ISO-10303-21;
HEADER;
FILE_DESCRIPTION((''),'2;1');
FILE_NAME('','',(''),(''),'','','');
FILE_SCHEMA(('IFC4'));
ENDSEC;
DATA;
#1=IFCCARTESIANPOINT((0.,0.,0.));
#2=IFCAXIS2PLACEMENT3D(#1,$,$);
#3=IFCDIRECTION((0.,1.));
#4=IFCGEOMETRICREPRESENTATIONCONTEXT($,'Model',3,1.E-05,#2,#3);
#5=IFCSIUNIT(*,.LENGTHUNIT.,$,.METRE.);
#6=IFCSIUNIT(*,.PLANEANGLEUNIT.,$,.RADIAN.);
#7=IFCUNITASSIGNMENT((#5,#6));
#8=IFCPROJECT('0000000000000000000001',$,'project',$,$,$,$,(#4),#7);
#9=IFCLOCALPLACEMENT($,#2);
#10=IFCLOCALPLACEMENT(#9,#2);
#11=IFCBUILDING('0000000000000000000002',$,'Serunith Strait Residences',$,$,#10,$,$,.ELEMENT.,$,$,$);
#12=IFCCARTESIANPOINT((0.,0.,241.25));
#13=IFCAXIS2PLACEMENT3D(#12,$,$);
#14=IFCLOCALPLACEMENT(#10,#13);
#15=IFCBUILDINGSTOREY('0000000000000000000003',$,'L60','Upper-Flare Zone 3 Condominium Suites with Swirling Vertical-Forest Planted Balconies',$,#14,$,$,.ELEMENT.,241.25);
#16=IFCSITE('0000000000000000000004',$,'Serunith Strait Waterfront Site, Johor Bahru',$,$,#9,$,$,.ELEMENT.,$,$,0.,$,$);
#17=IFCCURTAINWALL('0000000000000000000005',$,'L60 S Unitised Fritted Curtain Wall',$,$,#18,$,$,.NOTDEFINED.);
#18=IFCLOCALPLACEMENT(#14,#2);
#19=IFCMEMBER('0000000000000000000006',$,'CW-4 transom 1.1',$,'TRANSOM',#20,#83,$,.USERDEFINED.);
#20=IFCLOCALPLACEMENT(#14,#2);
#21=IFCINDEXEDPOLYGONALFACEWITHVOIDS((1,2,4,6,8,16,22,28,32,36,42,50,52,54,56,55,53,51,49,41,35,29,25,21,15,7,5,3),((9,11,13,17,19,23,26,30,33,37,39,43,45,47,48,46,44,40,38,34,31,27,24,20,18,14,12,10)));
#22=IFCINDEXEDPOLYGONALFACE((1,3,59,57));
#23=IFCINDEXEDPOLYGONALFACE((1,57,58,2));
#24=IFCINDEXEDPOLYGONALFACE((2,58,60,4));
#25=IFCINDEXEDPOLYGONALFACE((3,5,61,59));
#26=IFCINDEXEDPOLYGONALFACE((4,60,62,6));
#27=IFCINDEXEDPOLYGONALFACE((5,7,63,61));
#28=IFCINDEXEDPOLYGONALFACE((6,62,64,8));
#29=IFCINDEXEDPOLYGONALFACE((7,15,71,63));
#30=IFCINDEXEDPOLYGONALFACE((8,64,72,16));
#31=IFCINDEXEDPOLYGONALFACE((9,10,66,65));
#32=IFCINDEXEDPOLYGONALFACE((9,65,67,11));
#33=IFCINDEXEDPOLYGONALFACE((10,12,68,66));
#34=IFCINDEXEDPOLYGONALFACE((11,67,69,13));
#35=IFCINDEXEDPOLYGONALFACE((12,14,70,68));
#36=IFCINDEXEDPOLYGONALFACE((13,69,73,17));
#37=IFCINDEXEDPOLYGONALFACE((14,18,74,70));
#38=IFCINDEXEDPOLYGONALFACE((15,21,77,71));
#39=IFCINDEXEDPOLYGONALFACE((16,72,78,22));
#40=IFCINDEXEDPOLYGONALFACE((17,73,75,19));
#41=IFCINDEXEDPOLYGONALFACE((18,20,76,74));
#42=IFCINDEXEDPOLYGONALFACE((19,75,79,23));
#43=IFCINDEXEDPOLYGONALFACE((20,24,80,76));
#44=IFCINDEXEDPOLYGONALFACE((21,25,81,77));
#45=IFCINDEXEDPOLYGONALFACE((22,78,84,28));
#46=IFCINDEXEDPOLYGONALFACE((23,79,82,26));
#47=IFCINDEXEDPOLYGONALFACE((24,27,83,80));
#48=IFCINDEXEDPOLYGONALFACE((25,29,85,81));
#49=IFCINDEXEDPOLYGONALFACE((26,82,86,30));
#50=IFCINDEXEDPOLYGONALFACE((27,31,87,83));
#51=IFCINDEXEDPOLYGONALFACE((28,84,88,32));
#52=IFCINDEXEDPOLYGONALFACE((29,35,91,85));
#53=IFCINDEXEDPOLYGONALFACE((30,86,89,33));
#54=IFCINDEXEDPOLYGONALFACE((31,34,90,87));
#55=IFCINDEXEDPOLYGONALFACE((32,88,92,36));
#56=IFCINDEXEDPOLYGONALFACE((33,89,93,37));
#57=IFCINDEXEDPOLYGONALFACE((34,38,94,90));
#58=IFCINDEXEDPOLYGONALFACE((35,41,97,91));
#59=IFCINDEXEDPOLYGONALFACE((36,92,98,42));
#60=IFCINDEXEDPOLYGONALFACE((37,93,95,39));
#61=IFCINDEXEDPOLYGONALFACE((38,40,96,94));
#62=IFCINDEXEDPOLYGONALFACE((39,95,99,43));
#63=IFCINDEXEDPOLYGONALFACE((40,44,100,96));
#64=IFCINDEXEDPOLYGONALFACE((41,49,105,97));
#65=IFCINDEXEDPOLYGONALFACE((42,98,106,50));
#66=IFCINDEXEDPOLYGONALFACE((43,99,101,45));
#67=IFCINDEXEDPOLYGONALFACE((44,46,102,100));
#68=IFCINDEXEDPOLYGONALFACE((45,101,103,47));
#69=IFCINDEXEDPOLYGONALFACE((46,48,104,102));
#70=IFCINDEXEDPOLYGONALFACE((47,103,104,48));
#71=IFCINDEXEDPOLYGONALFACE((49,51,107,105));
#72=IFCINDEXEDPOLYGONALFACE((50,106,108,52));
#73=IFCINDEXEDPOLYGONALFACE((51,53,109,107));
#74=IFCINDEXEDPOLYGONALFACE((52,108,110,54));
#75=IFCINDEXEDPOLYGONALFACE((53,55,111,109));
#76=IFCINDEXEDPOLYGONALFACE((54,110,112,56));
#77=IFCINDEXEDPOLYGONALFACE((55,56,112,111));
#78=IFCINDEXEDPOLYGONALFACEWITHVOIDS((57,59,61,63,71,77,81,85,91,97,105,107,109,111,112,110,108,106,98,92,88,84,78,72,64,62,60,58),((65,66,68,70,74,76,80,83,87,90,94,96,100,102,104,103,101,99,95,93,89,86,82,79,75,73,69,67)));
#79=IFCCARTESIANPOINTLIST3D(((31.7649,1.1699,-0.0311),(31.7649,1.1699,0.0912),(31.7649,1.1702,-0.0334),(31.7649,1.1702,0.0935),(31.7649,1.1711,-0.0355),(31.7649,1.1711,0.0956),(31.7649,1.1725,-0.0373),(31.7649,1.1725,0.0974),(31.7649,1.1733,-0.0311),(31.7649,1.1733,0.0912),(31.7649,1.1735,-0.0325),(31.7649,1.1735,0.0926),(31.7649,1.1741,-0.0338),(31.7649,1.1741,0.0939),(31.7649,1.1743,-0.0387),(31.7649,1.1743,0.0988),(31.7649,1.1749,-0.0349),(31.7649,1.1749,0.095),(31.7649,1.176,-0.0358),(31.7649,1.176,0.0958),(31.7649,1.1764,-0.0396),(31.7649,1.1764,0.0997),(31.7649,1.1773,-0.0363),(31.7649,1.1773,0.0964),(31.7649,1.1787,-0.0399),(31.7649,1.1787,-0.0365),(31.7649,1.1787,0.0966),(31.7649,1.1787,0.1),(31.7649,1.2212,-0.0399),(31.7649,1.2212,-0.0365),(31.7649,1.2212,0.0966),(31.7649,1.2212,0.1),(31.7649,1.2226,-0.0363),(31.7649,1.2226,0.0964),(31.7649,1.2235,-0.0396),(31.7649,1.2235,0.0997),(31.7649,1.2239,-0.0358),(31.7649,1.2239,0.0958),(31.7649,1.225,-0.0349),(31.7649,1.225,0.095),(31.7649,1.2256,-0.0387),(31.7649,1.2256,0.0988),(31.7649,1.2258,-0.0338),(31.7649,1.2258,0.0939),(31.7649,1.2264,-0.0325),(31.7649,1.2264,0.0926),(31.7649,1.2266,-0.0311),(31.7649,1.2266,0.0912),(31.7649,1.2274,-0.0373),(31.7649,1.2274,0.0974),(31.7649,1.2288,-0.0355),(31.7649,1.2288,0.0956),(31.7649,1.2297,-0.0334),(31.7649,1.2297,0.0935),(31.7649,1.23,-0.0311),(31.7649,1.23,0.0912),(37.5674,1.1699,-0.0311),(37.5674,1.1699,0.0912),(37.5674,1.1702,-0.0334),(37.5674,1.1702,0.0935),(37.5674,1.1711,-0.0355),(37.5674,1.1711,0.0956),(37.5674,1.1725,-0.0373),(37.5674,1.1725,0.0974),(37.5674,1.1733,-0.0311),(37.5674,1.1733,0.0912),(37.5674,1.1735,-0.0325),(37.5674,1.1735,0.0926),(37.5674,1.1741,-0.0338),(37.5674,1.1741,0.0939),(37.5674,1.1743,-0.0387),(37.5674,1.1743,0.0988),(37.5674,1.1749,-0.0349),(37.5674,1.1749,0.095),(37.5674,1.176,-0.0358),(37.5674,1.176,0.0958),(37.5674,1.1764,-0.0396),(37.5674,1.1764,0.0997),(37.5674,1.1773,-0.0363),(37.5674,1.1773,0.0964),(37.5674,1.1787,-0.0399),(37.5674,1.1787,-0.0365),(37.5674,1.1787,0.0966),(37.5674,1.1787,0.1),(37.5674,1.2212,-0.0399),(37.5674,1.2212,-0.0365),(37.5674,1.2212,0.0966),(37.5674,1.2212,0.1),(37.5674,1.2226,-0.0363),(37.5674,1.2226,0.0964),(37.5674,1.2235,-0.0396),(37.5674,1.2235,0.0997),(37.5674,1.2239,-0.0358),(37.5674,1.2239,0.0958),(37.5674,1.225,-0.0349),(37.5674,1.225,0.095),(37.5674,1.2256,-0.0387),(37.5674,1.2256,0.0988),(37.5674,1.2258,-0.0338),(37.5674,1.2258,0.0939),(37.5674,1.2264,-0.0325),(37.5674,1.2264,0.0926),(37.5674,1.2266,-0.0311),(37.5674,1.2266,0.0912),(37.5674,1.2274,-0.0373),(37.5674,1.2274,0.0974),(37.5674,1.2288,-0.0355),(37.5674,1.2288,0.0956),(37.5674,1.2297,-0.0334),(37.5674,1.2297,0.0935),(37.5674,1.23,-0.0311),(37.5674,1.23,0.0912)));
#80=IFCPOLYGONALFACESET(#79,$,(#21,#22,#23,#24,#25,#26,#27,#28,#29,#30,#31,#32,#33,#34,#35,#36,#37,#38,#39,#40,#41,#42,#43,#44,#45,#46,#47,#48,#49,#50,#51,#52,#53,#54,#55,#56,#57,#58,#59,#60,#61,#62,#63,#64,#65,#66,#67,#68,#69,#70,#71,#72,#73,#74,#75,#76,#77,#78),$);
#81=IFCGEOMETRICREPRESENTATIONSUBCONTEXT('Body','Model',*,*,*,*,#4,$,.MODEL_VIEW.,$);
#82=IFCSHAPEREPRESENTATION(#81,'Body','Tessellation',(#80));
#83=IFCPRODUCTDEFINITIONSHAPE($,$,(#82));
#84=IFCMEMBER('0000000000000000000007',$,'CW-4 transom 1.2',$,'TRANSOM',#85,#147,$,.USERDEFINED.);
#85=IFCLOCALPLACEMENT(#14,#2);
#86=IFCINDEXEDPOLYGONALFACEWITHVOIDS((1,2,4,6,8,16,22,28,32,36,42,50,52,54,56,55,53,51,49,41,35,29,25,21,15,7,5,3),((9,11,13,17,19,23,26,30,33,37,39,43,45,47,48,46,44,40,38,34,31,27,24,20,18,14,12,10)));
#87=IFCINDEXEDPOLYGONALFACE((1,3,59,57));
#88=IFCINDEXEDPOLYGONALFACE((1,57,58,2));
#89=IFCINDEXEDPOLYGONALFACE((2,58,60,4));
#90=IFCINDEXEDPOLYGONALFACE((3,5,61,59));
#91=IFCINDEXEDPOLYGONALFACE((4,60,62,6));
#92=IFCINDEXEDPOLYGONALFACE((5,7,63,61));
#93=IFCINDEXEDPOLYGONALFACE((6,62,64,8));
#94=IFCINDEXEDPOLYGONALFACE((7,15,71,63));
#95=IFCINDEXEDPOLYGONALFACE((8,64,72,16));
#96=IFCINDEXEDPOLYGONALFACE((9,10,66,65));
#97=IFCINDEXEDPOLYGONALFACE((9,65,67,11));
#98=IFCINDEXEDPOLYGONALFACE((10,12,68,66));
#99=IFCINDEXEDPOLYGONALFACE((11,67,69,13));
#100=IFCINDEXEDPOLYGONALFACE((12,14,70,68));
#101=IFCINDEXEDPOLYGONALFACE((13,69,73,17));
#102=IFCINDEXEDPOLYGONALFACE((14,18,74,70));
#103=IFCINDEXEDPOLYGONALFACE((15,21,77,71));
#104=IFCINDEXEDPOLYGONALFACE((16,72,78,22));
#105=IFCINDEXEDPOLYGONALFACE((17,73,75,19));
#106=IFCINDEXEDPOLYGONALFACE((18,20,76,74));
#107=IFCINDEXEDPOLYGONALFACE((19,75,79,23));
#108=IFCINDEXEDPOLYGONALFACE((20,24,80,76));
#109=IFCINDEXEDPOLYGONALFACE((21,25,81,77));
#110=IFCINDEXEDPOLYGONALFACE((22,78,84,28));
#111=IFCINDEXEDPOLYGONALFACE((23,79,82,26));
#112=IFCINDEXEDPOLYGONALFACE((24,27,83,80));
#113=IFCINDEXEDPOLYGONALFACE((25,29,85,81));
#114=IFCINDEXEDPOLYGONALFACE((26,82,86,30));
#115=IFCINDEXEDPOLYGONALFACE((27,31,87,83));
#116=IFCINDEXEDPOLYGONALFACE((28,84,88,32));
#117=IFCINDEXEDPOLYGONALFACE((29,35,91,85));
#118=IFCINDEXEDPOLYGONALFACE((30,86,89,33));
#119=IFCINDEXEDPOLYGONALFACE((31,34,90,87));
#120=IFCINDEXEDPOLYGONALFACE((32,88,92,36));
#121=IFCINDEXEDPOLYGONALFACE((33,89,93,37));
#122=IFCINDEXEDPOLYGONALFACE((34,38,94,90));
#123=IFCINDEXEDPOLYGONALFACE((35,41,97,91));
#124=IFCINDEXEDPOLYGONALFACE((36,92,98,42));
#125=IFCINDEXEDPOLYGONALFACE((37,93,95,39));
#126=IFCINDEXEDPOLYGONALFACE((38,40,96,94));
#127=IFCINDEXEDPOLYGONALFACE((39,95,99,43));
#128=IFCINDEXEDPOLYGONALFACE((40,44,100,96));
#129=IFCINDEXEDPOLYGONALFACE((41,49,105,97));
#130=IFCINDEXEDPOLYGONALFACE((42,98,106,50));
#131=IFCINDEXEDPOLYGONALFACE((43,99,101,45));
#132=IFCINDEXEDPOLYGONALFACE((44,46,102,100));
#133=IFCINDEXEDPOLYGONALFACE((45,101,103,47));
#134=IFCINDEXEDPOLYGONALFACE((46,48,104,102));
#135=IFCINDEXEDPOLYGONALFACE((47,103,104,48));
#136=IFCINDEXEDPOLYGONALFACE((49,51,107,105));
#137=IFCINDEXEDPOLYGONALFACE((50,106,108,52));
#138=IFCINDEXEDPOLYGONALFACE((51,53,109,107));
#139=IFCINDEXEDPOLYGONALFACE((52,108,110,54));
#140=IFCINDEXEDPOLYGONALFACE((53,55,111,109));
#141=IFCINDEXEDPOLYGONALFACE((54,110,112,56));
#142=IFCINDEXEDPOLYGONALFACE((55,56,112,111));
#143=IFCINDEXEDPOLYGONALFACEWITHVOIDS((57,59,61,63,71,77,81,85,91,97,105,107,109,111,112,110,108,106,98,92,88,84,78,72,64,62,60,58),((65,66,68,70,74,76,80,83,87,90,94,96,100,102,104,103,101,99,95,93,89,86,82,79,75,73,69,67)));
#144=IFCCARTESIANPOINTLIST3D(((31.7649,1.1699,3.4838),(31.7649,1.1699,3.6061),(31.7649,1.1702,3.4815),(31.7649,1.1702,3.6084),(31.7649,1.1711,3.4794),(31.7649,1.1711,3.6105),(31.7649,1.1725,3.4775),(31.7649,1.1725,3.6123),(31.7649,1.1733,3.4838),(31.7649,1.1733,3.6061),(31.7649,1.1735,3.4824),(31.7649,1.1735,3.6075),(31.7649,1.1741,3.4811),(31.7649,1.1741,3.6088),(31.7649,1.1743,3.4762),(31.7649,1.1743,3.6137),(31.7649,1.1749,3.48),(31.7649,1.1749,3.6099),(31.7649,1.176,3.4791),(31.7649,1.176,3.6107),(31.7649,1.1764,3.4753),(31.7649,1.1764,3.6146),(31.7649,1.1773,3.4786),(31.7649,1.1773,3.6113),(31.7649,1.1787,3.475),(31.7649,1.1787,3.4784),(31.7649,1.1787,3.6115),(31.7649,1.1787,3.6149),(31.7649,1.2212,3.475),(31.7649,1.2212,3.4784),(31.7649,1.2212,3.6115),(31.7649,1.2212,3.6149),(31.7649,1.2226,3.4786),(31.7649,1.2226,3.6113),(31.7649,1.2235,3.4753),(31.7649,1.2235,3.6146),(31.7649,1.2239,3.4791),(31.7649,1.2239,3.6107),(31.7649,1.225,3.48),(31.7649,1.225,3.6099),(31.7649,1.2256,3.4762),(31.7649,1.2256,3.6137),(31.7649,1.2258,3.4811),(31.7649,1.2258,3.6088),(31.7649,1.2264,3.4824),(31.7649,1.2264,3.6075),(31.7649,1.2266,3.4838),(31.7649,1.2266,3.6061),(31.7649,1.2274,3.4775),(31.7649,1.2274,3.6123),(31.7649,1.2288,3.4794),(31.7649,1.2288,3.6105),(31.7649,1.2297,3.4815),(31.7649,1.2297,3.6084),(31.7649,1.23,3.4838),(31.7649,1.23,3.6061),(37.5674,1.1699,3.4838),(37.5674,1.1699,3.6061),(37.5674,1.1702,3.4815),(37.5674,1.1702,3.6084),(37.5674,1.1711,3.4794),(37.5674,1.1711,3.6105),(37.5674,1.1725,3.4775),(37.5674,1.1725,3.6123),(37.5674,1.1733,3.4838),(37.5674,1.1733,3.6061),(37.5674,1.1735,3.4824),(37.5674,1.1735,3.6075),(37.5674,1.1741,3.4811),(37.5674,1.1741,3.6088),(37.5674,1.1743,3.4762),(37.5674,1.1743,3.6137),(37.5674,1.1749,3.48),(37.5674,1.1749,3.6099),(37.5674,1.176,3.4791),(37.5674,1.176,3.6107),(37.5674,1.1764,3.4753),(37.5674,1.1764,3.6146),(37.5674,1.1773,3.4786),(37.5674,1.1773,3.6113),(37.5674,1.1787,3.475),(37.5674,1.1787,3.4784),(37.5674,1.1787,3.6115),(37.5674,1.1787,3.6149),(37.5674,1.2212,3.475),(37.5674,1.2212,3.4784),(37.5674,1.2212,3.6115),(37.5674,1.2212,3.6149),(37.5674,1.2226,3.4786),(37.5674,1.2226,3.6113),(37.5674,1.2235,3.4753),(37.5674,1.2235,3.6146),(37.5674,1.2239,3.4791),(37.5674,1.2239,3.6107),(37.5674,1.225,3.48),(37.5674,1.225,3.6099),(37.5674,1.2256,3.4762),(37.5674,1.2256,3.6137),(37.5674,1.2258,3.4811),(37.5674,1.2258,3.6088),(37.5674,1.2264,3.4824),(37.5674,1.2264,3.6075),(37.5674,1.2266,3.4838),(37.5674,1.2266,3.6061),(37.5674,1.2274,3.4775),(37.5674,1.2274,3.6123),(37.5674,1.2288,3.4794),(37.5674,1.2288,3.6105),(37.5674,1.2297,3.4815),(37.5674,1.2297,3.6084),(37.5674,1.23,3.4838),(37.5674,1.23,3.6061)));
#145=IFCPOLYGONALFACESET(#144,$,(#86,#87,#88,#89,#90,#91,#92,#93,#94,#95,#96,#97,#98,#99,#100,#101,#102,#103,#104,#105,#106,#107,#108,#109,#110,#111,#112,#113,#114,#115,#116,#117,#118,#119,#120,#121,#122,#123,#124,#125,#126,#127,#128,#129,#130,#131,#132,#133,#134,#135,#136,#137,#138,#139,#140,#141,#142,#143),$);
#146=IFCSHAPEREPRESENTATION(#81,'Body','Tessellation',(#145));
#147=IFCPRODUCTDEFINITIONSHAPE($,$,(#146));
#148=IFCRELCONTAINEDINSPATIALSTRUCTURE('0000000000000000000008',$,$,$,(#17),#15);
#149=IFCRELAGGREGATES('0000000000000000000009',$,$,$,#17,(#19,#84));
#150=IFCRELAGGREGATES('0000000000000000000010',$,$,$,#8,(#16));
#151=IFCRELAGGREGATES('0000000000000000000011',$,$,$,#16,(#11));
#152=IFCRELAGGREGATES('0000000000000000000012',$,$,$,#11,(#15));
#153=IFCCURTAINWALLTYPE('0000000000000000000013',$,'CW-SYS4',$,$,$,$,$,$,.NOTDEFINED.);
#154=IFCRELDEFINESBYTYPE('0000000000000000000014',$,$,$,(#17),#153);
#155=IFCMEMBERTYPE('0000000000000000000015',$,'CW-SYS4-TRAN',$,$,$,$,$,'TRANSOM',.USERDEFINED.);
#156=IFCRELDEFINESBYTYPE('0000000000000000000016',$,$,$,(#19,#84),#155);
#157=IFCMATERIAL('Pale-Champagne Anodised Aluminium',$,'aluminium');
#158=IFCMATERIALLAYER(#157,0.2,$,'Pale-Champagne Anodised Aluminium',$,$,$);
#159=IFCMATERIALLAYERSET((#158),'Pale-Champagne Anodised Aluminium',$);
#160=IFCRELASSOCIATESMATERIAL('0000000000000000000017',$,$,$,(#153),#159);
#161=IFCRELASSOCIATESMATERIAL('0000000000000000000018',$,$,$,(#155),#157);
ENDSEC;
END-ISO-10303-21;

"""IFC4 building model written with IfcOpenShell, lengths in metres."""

from ifc_helpers import new_model, si_unit, direction, frame, origin, origin_2d, place, context, subcontext, project, spatial, hollow_rectangle, extrude, source, transform, mapped, material, layer, layer_set, material_profile, profile_set, type_object, element, aggregate, save


model = new_model("IFC4")

# Units and contexts
model_context = context("Model", 3, precision=1e-05, world=origin(), true_north=direction((0.0, 1.0)))
body_context = subcontext(model_context, "Body", "Model", "MODEL_VIEW")
ifc_project = project(units=[si_unit("LENGTHUNIT", "METRE"), si_unit("PLANEANGLEUNIT", "RADIAN")], contexts=[model_context])

# Site, building, storey
site_placement = place(None, origin())
site = spatial("IfcSite", under=ifc_project, at=site_placement, Name="Serunith Strait Waterfront Site, Johor Bahru", CompositionType="ELEMENT", RefElevation=0.0)
building_placement = place(site_placement, origin())
building = spatial("IfcBuilding", under=site, at=building_placement, Name="Serunith Strait Residences", CompositionType="ELEMENT")
storey_placement = place(building_placement, frame((0.0, 0.0, 241.25)))
storey = spatial("IfcBuildingStorey", under=building, at=storey_placement, Name="L60", Description="Upper-Flare Zone 3 Condominium Suites with Swirling Vertical-Forest Planted Balconies", CompositionType="ELEMENT", Elevation=241.25)

# Curtain wall, members
ifc_material_1 = material(Name="Pale-Champagne Anodised Aluminium", Category="aluminium")
ifc_layer_1 = layer(ifc_material_1, 0.2, Name="Pale-Champagne Anodised Aluminium")
ifc_layer_set_1 = layer_set([ifc_layer_1], Name="Pale-Champagne Anodised Aluminium")
curtain_wall_type = type_object("IfcCurtainWallType", Name="CW-SYS4", PredefinedType="NOTDEFINED", material=ifc_layer_set_1)
curtain_wall_placement = place(storey_placement, origin())
curtain_wall = element("IfcCurtainWall", 1, at=curtain_wall_placement, inside=storey, type_object=curtain_wall_type, Name="L60 S Unitised Fritted Curtain Wall", PredefinedType="NOTDEFINED")
ifc_material_profile_1 = material_profile(ifc_material_1, hollow_rectangle(XDim=0.0601, YDim=0.1399, WallThickness=0.0034, InnerFilletRadius=0.0054, OuterFilletRadius=0.0088, at=origin_2d()), Name="ALU 140x60x3.5")
ifc_profile_set_1 = profile_set([ifc_material_profile_1], Name="Pale-Champagne Anodised Aluminium")
member_type_1 = type_object("IfcMemberType", Name="CW-SYS4-TRAN", ElementType="TRANSOM", PredefinedType="USERDEFINED", material=ifc_profile_set_1)
shared_shape_1 = source(origin(), body_context, "Body", "SweptSolid", [
    extrude(hollow_rectangle(XDim=0.0601, YDim=0.1399, WallThickness=0.0034, InnerFilletRadius=0.0054, OuterFilletRadius=0.0088, at=origin_2d()), origin(), (0.0, 0.0, 1.0), 5.8025),
])
member_1_placement = place(storey_placement, frame((31.7649, 1.2, 0.03), z_axis=(1.0, 0.0, 0.0), x_axis=(0.0, 1.0, 0.0)))
member_1 = element("IfcMember", 2, at=member_1_placement, type_object=member_type_1, Name="CW-4 transom 1.1", ObjectType="TRANSOM", PredefinedType="USERDEFINED", context=body_context, shape_type="MappedRepresentation", body=[
    mapped(shared_shape_1, transform((0.0, 0.0, 0.0), scale=1.0)),
])
member_2_placement = place(storey_placement, frame((31.7649, 1.2, 3.5449), z_axis=(1.0, 0.0, 0.0), x_axis=(0.0, 1.0, 0.0)))
member_2 = element("IfcMember", 3, at=member_2_placement, type_object=member_type_1, Name="CW-4 transom 1.2", ObjectType="TRANSOM", PredefinedType="USERDEFINED", context=body_context, shape_type="MappedRepresentation", body=[
    mapped(shared_shape_1, transform((0.0, 0.0, 0.0), scale=1.0)),
])
aggregate(curtain_wall, [member_1, member_2])

save(model, "model.ifc")
